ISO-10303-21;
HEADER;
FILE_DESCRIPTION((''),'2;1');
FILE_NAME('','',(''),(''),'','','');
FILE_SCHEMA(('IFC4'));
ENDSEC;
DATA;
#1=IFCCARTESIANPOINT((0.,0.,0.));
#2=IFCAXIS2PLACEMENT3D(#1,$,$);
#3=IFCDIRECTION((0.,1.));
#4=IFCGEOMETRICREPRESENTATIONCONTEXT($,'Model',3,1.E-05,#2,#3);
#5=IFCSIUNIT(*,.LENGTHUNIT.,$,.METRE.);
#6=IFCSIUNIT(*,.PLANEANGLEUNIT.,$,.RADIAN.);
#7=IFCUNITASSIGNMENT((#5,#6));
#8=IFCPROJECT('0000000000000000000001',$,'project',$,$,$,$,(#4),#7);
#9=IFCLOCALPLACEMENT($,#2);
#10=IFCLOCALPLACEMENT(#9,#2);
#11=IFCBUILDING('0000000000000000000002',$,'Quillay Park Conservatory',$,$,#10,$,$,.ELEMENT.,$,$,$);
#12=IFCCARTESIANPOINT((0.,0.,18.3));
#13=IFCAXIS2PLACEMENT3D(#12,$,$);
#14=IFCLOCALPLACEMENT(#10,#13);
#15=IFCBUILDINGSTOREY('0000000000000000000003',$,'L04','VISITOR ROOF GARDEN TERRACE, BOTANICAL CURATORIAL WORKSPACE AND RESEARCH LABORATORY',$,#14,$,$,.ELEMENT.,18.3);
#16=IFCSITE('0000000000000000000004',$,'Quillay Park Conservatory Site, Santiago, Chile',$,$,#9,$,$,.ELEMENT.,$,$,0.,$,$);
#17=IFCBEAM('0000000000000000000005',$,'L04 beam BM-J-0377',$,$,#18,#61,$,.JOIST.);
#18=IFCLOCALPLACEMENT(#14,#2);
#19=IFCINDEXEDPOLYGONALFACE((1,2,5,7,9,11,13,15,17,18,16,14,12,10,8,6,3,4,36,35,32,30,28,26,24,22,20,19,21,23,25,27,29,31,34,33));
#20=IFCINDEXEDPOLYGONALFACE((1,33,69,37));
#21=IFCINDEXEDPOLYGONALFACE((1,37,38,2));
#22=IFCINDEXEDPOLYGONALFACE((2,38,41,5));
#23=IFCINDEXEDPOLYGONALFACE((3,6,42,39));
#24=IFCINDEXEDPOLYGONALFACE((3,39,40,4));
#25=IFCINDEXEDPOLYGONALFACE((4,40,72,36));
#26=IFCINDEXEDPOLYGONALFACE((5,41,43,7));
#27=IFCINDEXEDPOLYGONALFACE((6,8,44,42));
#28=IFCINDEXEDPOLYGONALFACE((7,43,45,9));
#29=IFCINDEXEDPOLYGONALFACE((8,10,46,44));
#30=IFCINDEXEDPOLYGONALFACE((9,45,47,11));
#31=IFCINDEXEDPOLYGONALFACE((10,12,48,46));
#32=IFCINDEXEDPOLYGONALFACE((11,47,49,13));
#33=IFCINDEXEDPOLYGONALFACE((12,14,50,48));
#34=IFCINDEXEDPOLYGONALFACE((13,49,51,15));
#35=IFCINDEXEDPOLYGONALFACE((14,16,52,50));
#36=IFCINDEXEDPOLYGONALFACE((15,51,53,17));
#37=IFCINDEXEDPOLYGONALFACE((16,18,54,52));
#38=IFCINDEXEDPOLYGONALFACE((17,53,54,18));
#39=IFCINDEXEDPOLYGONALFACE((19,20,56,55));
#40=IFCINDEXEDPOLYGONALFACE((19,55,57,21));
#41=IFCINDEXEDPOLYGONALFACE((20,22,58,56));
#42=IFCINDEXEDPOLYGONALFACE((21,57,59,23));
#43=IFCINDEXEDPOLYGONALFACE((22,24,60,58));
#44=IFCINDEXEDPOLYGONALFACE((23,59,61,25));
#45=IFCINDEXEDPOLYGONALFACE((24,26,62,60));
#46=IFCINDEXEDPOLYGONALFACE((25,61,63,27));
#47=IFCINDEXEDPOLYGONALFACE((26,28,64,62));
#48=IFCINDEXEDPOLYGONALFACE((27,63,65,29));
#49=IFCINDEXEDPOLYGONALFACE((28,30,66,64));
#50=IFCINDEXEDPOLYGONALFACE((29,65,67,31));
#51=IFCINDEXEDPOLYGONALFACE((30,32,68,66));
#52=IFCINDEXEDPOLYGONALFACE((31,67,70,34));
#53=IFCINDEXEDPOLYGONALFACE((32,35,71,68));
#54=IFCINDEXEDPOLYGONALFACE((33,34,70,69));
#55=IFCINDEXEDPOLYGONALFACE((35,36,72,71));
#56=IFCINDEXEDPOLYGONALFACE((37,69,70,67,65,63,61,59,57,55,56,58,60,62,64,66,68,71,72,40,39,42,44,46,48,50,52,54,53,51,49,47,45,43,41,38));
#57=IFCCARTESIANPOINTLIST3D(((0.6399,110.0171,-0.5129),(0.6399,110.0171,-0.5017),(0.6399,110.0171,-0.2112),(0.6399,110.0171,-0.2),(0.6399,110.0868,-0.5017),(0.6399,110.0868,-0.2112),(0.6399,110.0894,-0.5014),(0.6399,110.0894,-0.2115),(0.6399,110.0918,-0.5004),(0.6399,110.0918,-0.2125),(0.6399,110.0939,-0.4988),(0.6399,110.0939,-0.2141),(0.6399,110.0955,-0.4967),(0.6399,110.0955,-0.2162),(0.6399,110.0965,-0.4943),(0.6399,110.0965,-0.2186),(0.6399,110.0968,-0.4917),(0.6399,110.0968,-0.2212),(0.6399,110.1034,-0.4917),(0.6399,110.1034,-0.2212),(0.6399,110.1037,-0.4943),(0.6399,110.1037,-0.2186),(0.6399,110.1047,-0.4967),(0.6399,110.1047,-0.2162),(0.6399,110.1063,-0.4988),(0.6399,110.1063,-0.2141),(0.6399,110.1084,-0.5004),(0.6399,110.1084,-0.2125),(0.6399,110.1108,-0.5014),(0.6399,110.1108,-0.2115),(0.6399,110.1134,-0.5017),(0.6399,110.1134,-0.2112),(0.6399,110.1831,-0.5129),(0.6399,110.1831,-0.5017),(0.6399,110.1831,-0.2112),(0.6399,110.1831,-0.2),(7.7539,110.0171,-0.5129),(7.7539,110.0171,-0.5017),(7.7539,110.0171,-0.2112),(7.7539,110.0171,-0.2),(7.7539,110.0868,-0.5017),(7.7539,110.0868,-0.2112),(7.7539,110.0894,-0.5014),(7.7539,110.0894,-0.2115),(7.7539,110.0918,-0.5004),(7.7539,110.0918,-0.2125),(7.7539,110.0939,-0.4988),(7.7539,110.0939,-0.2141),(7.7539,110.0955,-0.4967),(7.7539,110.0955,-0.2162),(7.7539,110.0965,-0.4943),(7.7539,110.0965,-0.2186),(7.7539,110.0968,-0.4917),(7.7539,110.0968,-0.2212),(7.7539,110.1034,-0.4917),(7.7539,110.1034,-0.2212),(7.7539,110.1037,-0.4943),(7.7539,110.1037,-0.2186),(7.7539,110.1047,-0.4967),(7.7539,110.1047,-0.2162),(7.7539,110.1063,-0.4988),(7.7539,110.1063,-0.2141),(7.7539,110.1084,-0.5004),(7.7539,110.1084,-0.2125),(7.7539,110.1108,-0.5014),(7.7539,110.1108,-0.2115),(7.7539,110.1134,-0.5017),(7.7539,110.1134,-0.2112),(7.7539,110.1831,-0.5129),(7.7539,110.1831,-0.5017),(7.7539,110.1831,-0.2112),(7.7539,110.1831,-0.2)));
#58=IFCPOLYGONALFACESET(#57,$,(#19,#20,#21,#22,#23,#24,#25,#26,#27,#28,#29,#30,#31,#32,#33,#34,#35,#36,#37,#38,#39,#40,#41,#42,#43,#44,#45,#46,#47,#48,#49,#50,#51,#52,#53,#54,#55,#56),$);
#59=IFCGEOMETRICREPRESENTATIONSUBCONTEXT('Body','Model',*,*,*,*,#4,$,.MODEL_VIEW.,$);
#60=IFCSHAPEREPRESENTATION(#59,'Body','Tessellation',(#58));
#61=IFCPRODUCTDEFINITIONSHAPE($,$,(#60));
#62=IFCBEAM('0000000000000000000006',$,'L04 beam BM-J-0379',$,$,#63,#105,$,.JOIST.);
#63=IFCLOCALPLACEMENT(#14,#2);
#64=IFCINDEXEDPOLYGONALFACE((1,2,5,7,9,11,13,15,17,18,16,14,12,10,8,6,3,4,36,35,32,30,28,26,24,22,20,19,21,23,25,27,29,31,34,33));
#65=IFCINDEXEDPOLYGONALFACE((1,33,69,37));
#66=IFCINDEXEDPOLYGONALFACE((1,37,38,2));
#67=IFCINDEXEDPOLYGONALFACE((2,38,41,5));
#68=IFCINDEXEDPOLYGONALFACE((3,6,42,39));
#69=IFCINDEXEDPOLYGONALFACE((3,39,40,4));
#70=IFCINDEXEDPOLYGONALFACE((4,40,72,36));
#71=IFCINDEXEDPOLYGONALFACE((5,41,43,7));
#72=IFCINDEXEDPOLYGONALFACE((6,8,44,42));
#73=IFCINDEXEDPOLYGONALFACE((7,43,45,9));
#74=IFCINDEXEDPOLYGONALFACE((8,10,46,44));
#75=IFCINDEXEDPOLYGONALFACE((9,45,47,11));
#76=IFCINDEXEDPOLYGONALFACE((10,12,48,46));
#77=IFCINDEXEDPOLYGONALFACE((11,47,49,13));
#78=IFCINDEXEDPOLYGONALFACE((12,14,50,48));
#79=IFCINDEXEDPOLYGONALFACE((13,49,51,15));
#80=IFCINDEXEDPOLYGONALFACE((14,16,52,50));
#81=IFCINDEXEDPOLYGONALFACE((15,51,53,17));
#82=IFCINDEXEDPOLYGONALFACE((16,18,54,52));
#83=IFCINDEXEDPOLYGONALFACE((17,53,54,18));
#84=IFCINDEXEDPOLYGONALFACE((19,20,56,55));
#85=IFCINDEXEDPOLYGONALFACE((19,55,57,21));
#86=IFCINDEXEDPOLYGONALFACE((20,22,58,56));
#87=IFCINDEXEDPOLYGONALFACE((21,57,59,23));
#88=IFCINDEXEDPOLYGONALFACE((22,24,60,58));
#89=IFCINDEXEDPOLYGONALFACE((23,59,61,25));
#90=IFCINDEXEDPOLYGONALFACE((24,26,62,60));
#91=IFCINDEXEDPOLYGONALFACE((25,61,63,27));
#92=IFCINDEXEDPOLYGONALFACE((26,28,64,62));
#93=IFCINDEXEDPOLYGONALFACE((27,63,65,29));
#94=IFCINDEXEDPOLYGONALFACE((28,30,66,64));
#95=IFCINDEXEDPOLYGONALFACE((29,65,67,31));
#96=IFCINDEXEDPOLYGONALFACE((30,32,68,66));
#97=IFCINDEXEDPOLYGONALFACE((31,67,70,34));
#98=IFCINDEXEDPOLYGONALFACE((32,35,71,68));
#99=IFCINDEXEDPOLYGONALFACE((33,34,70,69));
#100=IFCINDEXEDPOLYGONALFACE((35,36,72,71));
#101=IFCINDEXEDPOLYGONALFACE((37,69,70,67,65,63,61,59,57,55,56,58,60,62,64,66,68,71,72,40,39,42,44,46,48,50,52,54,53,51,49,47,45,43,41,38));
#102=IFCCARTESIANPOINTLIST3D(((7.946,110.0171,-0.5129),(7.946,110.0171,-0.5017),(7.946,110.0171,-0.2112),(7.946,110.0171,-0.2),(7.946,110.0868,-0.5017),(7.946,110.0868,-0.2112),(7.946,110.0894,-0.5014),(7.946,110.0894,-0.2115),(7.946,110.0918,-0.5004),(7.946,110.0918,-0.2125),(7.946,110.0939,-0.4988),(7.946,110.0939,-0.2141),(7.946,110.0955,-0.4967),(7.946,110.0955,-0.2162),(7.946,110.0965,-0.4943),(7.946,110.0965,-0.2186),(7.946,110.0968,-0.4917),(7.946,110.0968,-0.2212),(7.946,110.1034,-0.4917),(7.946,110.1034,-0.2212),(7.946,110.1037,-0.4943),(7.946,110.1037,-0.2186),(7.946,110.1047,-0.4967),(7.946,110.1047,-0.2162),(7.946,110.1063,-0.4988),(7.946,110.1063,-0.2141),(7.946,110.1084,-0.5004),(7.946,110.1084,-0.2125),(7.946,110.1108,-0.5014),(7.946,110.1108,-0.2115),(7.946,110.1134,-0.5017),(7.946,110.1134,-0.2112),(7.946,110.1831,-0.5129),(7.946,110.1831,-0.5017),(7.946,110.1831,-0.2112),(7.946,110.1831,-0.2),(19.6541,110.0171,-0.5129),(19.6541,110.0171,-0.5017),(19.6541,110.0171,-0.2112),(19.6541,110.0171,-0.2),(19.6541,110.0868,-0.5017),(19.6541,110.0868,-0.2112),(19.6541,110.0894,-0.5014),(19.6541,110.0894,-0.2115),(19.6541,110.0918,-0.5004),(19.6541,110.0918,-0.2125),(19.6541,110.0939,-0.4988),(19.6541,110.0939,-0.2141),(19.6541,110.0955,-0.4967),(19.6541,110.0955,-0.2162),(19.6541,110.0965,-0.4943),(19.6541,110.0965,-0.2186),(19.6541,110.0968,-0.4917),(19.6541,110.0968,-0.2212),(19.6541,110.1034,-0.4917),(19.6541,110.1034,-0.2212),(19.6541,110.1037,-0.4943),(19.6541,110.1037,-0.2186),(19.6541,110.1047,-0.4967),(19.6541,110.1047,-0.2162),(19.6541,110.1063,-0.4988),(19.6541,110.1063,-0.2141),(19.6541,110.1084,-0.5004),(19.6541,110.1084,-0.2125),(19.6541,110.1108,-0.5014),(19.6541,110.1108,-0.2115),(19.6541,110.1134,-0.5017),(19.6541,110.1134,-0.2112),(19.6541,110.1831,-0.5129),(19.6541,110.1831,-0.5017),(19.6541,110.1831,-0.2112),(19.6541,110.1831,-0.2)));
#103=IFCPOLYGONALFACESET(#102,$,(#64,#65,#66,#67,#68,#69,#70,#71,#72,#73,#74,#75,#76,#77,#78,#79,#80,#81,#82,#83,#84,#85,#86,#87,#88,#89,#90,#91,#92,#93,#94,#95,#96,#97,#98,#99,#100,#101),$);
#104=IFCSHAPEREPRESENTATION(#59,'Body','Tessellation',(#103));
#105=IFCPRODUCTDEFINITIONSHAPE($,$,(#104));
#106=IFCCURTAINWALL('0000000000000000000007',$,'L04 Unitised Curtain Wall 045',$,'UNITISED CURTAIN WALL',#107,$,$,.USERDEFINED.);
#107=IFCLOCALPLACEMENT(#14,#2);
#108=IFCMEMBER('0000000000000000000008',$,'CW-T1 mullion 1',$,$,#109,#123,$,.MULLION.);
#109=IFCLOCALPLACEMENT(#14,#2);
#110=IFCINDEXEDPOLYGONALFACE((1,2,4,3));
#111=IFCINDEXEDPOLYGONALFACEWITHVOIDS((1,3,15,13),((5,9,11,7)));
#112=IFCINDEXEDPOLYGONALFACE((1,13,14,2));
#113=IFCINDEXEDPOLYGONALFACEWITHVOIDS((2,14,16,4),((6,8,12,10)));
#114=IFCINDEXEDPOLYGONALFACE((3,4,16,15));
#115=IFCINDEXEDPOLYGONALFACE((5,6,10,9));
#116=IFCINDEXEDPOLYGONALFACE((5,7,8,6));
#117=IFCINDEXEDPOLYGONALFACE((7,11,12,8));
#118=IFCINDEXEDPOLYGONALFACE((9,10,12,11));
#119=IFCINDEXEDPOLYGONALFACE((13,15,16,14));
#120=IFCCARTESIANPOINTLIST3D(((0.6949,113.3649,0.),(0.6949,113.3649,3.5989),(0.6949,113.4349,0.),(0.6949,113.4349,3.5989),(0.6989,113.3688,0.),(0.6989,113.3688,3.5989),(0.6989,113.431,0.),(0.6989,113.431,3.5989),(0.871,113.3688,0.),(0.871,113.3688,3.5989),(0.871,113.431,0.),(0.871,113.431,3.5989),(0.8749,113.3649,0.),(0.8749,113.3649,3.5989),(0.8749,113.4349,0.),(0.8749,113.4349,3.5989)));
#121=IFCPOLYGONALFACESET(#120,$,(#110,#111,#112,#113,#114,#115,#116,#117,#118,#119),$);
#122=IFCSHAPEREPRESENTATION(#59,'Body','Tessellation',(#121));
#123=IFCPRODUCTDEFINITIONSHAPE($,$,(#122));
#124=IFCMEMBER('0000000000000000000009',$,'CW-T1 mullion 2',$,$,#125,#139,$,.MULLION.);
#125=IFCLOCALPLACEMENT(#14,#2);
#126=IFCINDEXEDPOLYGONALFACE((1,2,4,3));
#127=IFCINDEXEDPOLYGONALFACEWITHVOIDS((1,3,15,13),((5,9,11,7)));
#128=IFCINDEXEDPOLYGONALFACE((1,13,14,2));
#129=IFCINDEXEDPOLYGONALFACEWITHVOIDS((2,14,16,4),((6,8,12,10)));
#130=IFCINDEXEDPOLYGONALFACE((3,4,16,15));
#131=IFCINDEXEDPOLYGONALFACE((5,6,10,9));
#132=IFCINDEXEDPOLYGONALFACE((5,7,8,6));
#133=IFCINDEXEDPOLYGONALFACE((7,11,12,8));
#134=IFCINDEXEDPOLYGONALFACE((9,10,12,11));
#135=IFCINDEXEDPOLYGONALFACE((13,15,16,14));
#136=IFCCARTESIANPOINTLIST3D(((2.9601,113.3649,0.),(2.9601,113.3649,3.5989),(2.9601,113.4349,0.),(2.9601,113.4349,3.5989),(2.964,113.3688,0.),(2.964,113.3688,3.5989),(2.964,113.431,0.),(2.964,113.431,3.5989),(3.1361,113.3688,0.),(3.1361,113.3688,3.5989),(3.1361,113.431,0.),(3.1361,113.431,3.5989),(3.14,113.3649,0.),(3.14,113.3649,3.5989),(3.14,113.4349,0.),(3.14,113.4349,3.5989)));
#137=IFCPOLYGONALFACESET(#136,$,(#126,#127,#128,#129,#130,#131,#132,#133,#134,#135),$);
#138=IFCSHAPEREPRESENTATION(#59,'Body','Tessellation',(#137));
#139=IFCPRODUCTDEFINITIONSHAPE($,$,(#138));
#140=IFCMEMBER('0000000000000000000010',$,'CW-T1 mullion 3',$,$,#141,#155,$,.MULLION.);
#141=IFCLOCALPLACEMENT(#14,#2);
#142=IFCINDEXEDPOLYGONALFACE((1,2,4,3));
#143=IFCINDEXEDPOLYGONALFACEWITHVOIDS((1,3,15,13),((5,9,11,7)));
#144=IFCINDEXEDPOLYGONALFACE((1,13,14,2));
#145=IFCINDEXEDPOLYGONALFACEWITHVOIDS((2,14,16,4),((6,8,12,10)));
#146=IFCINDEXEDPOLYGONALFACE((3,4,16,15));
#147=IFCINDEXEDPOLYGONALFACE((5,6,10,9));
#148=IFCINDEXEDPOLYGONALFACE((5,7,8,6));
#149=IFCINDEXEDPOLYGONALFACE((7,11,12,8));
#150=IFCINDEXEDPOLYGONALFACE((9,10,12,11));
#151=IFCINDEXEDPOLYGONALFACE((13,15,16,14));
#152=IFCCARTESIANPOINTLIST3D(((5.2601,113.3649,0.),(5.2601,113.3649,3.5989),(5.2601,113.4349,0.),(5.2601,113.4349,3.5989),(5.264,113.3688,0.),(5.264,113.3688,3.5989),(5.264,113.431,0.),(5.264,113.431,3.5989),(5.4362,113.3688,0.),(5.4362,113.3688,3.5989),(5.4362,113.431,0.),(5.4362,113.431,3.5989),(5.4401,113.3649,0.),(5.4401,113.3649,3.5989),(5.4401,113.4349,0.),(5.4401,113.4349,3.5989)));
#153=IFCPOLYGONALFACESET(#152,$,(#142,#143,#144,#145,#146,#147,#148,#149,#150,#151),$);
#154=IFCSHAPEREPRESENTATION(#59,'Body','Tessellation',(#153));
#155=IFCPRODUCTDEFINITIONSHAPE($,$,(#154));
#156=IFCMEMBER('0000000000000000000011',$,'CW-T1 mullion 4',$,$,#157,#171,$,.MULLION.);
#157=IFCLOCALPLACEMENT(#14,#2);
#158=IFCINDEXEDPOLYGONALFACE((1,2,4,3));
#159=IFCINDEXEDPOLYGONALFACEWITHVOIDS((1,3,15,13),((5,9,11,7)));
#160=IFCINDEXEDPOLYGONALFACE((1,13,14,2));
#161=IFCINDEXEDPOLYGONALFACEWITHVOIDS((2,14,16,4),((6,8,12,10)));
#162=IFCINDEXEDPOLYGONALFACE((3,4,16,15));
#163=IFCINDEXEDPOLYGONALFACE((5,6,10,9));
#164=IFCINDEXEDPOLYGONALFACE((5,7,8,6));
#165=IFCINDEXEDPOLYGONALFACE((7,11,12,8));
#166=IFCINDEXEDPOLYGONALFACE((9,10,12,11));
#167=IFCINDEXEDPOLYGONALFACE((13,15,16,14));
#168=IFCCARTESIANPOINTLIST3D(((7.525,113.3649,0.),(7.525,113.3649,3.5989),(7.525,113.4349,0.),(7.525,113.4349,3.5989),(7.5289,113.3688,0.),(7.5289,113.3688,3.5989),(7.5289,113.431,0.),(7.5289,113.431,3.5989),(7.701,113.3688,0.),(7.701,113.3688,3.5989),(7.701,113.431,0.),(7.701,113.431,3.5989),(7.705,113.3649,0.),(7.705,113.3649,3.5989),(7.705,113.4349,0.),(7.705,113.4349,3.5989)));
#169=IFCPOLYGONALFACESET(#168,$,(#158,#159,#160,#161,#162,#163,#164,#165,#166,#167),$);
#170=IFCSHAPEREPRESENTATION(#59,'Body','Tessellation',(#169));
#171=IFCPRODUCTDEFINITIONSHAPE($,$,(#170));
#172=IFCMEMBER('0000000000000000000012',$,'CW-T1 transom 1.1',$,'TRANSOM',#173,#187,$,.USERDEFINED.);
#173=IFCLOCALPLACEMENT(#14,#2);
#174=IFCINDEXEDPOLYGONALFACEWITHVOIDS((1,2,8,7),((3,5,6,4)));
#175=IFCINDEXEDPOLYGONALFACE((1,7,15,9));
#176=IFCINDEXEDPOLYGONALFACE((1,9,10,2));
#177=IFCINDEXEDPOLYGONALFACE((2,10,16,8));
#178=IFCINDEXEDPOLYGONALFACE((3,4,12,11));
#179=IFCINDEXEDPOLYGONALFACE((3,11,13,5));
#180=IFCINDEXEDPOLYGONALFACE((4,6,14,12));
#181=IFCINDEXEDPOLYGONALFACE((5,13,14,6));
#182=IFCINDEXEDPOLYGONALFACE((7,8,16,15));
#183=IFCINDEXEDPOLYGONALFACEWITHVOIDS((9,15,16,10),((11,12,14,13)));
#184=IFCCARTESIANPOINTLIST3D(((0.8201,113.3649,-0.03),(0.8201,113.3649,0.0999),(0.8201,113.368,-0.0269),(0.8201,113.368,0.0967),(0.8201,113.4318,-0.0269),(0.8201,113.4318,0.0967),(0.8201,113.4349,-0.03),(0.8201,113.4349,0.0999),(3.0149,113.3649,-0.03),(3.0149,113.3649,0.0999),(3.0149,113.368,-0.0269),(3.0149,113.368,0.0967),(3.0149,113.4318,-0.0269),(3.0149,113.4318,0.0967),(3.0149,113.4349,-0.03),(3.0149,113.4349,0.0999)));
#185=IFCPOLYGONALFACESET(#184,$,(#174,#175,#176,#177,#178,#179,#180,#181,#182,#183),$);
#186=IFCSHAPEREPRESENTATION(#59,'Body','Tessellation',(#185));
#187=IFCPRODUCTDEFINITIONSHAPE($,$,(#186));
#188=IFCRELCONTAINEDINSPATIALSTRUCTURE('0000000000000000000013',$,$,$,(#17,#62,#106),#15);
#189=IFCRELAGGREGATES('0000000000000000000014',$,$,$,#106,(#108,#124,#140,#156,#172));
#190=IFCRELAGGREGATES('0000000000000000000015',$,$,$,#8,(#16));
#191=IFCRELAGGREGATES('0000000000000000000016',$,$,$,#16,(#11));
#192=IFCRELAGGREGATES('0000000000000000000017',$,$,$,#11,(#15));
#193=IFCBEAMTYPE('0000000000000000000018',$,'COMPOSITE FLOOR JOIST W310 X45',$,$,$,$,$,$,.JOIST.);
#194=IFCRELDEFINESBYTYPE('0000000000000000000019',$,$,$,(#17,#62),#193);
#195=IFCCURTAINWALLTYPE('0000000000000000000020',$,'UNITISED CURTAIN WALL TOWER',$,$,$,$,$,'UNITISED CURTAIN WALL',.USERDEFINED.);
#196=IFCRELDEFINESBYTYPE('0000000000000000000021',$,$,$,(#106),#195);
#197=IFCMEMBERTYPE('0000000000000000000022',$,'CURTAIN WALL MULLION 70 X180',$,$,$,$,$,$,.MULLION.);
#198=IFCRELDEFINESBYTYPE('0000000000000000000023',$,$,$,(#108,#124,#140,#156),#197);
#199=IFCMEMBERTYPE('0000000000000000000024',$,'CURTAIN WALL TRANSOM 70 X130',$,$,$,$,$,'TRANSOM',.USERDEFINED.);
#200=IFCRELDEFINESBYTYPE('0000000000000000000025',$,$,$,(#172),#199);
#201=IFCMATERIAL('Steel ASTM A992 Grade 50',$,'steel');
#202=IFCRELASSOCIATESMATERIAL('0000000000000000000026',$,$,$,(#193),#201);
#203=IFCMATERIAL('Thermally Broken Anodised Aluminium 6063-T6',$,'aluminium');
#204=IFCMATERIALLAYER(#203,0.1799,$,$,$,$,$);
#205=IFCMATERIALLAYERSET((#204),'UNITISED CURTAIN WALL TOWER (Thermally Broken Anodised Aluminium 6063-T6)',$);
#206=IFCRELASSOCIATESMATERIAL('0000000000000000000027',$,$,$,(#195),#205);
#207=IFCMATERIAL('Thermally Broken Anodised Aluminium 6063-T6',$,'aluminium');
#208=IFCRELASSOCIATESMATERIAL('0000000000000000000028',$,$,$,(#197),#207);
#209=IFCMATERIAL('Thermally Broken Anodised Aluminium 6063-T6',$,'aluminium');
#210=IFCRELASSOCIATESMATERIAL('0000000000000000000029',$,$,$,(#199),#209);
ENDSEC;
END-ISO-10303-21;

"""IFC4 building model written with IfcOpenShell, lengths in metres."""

from ifc_helpers import new_model, si_unit, direction, frame, origin, origin_2d, place, context, subcontext, project, spatial, hollow_rectangle, i_section, extrude, material, layer, layer_set, material_profile, profile_set, type_object, element, aggregate, save


model = new_model("IFC4")

# Units and contexts
model_context = context("Model", 3, precision=1e-05, world=origin(), true_north=direction((0.0, 1.0)))
body_context = subcontext(model_context, "Body", "Model", "MODEL_VIEW")
ifc_project = project(units=[si_unit("LENGTHUNIT", "METRE"), si_unit("PLANEANGLEUNIT", "RADIAN")], contexts=[model_context])

# Site, building, storey
site_placement = place(None, origin())
site = spatial("IfcSite", under=ifc_project, at=site_placement, Name="Quillay Park Conservatory Site, Santiago, Chile", CompositionType="ELEMENT", RefElevation=0.0)
building_placement = place(site_placement, origin())
building = spatial("IfcBuilding", under=site, at=building_placement, Name="Quillay Park Conservatory", CompositionType="ELEMENT")
storey_placement = place(building_placement, frame((0.0, 0.0, 18.3)))
storey = spatial("IfcBuildingStorey", under=building, at=storey_placement, Name="L04", Description="VISITOR ROOF GARDEN TERRACE, BOTANICAL CURATORIAL WORKSPACE AND RESEARCH LABORATORY", CompositionType="ELEMENT", Elevation=18.3)

# Beams
ifc_material_1 = material(Name="Steel ASTM A992 Grade 50", Category="steel")
ifc_material_profile_1 = material_profile(ifc_material_1, i_section(OverallWidth=0.166, OverallDepth=0.313, WebThickness=0.0066, FlangeThickness=0.0112, FilletRadius=0.01, at=origin_2d()), Name="W310x45")
ifc_profile_set_1 = profile_set([ifc_material_profile_1], Name="Steel ASTM A992 Grade 50")
beam_type_1 = type_object("IfcBeamType", Name="COMPOSITE FLOOR JOIST W310 X45", PredefinedType="JOIST", material=ifc_profile_set_1)
beam_1_placement = place(storey_placement, frame((0.6399, 110.1001, -0.3564), z_axis=(1.0, 0.0, 0.0), x_axis=(0.0, 1.0, 0.0)))
element("IfcBeam", 1, at=beam_1_placement, inside=storey, type_object=beam_type_1, Name="L04 beam BM-J-0377", PredefinedType="JOIST", context=body_context, shape_type="SweptSolid", body=[
    extrude(i_section(OverallWidth=0.166, OverallDepth=0.313, WebThickness=0.0066, FlangeThickness=0.0112, FilletRadius=0.01, at=origin_2d()), origin(), (0.0, 0.0, 1.0), 7.114),
])
beam_2_placement = place(storey_placement, frame((7.946, 110.1001, -0.3564), z_axis=(1.0, 0.0, 0.0), x_axis=(0.0, 1.0, 0.0)))
element("IfcBeam", 2, at=beam_2_placement, inside=storey, type_object=beam_type_1, Name="L04 beam BM-J-0379", PredefinedType="JOIST", context=body_context, shape_type="SweptSolid", body=[
    extrude(i_section(OverallWidth=0.166, OverallDepth=0.313, WebThickness=0.0066, FlangeThickness=0.0112, FilletRadius=0.01, at=origin_2d()), origin(), (0.0, 0.0, 1.0), 11.708),
])

# Curtain wall, members
ifc_material_2 = material(Name="Thermally Broken Anodised Aluminium 6063-T6", Category="aluminium")
ifc_layer_1 = layer(ifc_material_2, 0.1799)
ifc_layer_set_1 = layer_set([ifc_layer_1], Name="UNITISED CURTAIN WALL TOWER (Thermally Broken Anodised Aluminium 6063-T6)")
curtain_wall_type = type_object("IfcCurtainWallType", Name="UNITISED CURTAIN WALL TOWER", ElementType="UNITISED CURTAIN WALL", PredefinedType="USERDEFINED", material=ifc_layer_set_1)
curtain_wall_placement = place(storey_placement, origin())
curtain_wall = element("IfcCurtainWall", 3, at=curtain_wall_placement, inside=storey, type_object=curtain_wall_type, Name="L04 Unitised Curtain Wall 045", ObjectType="UNITISED CURTAIN WALL", PredefinedType="USERDEFINED")
ifc_material_3 = material(Name="Thermally Broken Anodised Aluminium 6063-T6", Category="aluminium")
ifc_material_profile_2 = material_profile(ifc_material_3, hollow_rectangle(XDim=0.0701, YDim=0.1799, WallThickness=0.0039, at=origin_2d()), Name="AL70x180x4")
ifc_profile_set_2 = profile_set([ifc_material_profile_2], Name="Thermally Broken Anodised Aluminium 6063-T6")
member_type_1 = type_object("IfcMemberType", Name="CURTAIN WALL MULLION 70 X180", PredefinedType="MULLION", material=ifc_profile_set_2)
member_1_placement = place(storey_placement, frame((0.7849, 113.3999, 0.0), z_axis=(0.0, 0.0, 1.0), x_axis=(0.0, 1.0, 0.0)))
member_1 = element("IfcMember", 4, at=member_1_placement, type_object=member_type_1, Name="CW-T1 mullion 1", PredefinedType="MULLION", context=body_context, shape_type="SweptSolid", body=[
    extrude(hollow_rectangle(XDim=0.0701, YDim=0.1799, WallThickness=0.0039, at=origin_2d()), origin(), (0.0, 0.0, 1.0), 3.5989),
])
member_2_placement = place(storey_placement, frame((3.05, 113.3999, 0.0), z_axis=(0.0, 0.0, 1.0), x_axis=(0.0, 1.0, 0.0)))
member_2 = element("IfcMember", 5, at=member_2_placement, type_object=member_type_1, Name="CW-T1 mullion 2", PredefinedType="MULLION", context=body_context, shape_type="SweptSolid", body=[
    extrude(hollow_rectangle(XDim=0.0701, YDim=0.1799, WallThickness=0.0039, at=origin_2d()), origin(), (0.0, 0.0, 1.0), 3.5989),
])
member_3_placement = place(storey_placement, frame((5.3501, 113.3999, 0.0), z_axis=(0.0, 0.0, 1.0), x_axis=(0.0, 1.0, 0.0)))
member_3 = element("IfcMember", 6, at=member_3_placement, type_object=member_type_1, Name="CW-T1 mullion 3", PredefinedType="MULLION", context=body_context, shape_type="SweptSolid", body=[
    extrude(hollow_rectangle(XDim=0.0701, YDim=0.1799, WallThickness=0.0039, at=origin_2d()), origin(), (0.0, 0.0, 1.0), 3.5989),
])
member_4_placement = place(storey_placement, frame((7.615, 113.3999, 0.0), z_axis=(0.0, 0.0, 1.0), x_axis=(0.0, 1.0, 0.0)))
member_4 = element("IfcMember", 7, at=member_4_placement, type_object=member_type_1, Name="CW-T1 mullion 4", PredefinedType="MULLION", context=body_context, shape_type="SweptSolid", body=[
    extrude(hollow_rectangle(XDim=0.0701, YDim=0.1799, WallThickness=0.0039, at=origin_2d()), origin(), (0.0, 0.0, 1.0), 3.5989),
])
ifc_material_4 = material(Name="Thermally Broken Anodised Aluminium 6063-T6", Category="aluminium")
ifc_material_profile_3 = material_profile(ifc_material_4, hollow_rectangle(XDim=0.0701, YDim=0.1299, WallThickness=0.0032, at=origin_2d()), Name="AL70x130x3.2")
ifc_profile_set_3 = profile_set([ifc_material_profile_3], Name="Thermally Broken Anodised Aluminium 6063-T6")
member_type_2 = type_object("IfcMemberType", Name="CURTAIN WALL TRANSOM 70 X130", ElementType="TRANSOM", PredefinedType="USERDEFINED", material=ifc_profile_set_3)
member_5_placement = place(storey_placement, frame((0.8201, 113.3999, 0.0349), z_axis=(1.0, 0.0, 0.0), x_axis=(0.0, 1.0, 0.0)))
member_5 = element("IfcMember", 8, at=member_5_placement, type_object=member_type_2, Name="CW-T1 transom 1.1", ObjectType="TRANSOM", PredefinedType="USERDEFINED", context=body_context, shape_type="SweptSolid", body=[
    extrude(hollow_rectangle(XDim=0.0701, YDim=0.1299, WallThickness=0.0032, at=origin_2d()), origin(), (0.0, 0.0, 1.0), 2.1948),
])

aggregate(curtain_wall, [member_1, member_2, member_3, member_4, member_5])

save(model, "model.ifc")
